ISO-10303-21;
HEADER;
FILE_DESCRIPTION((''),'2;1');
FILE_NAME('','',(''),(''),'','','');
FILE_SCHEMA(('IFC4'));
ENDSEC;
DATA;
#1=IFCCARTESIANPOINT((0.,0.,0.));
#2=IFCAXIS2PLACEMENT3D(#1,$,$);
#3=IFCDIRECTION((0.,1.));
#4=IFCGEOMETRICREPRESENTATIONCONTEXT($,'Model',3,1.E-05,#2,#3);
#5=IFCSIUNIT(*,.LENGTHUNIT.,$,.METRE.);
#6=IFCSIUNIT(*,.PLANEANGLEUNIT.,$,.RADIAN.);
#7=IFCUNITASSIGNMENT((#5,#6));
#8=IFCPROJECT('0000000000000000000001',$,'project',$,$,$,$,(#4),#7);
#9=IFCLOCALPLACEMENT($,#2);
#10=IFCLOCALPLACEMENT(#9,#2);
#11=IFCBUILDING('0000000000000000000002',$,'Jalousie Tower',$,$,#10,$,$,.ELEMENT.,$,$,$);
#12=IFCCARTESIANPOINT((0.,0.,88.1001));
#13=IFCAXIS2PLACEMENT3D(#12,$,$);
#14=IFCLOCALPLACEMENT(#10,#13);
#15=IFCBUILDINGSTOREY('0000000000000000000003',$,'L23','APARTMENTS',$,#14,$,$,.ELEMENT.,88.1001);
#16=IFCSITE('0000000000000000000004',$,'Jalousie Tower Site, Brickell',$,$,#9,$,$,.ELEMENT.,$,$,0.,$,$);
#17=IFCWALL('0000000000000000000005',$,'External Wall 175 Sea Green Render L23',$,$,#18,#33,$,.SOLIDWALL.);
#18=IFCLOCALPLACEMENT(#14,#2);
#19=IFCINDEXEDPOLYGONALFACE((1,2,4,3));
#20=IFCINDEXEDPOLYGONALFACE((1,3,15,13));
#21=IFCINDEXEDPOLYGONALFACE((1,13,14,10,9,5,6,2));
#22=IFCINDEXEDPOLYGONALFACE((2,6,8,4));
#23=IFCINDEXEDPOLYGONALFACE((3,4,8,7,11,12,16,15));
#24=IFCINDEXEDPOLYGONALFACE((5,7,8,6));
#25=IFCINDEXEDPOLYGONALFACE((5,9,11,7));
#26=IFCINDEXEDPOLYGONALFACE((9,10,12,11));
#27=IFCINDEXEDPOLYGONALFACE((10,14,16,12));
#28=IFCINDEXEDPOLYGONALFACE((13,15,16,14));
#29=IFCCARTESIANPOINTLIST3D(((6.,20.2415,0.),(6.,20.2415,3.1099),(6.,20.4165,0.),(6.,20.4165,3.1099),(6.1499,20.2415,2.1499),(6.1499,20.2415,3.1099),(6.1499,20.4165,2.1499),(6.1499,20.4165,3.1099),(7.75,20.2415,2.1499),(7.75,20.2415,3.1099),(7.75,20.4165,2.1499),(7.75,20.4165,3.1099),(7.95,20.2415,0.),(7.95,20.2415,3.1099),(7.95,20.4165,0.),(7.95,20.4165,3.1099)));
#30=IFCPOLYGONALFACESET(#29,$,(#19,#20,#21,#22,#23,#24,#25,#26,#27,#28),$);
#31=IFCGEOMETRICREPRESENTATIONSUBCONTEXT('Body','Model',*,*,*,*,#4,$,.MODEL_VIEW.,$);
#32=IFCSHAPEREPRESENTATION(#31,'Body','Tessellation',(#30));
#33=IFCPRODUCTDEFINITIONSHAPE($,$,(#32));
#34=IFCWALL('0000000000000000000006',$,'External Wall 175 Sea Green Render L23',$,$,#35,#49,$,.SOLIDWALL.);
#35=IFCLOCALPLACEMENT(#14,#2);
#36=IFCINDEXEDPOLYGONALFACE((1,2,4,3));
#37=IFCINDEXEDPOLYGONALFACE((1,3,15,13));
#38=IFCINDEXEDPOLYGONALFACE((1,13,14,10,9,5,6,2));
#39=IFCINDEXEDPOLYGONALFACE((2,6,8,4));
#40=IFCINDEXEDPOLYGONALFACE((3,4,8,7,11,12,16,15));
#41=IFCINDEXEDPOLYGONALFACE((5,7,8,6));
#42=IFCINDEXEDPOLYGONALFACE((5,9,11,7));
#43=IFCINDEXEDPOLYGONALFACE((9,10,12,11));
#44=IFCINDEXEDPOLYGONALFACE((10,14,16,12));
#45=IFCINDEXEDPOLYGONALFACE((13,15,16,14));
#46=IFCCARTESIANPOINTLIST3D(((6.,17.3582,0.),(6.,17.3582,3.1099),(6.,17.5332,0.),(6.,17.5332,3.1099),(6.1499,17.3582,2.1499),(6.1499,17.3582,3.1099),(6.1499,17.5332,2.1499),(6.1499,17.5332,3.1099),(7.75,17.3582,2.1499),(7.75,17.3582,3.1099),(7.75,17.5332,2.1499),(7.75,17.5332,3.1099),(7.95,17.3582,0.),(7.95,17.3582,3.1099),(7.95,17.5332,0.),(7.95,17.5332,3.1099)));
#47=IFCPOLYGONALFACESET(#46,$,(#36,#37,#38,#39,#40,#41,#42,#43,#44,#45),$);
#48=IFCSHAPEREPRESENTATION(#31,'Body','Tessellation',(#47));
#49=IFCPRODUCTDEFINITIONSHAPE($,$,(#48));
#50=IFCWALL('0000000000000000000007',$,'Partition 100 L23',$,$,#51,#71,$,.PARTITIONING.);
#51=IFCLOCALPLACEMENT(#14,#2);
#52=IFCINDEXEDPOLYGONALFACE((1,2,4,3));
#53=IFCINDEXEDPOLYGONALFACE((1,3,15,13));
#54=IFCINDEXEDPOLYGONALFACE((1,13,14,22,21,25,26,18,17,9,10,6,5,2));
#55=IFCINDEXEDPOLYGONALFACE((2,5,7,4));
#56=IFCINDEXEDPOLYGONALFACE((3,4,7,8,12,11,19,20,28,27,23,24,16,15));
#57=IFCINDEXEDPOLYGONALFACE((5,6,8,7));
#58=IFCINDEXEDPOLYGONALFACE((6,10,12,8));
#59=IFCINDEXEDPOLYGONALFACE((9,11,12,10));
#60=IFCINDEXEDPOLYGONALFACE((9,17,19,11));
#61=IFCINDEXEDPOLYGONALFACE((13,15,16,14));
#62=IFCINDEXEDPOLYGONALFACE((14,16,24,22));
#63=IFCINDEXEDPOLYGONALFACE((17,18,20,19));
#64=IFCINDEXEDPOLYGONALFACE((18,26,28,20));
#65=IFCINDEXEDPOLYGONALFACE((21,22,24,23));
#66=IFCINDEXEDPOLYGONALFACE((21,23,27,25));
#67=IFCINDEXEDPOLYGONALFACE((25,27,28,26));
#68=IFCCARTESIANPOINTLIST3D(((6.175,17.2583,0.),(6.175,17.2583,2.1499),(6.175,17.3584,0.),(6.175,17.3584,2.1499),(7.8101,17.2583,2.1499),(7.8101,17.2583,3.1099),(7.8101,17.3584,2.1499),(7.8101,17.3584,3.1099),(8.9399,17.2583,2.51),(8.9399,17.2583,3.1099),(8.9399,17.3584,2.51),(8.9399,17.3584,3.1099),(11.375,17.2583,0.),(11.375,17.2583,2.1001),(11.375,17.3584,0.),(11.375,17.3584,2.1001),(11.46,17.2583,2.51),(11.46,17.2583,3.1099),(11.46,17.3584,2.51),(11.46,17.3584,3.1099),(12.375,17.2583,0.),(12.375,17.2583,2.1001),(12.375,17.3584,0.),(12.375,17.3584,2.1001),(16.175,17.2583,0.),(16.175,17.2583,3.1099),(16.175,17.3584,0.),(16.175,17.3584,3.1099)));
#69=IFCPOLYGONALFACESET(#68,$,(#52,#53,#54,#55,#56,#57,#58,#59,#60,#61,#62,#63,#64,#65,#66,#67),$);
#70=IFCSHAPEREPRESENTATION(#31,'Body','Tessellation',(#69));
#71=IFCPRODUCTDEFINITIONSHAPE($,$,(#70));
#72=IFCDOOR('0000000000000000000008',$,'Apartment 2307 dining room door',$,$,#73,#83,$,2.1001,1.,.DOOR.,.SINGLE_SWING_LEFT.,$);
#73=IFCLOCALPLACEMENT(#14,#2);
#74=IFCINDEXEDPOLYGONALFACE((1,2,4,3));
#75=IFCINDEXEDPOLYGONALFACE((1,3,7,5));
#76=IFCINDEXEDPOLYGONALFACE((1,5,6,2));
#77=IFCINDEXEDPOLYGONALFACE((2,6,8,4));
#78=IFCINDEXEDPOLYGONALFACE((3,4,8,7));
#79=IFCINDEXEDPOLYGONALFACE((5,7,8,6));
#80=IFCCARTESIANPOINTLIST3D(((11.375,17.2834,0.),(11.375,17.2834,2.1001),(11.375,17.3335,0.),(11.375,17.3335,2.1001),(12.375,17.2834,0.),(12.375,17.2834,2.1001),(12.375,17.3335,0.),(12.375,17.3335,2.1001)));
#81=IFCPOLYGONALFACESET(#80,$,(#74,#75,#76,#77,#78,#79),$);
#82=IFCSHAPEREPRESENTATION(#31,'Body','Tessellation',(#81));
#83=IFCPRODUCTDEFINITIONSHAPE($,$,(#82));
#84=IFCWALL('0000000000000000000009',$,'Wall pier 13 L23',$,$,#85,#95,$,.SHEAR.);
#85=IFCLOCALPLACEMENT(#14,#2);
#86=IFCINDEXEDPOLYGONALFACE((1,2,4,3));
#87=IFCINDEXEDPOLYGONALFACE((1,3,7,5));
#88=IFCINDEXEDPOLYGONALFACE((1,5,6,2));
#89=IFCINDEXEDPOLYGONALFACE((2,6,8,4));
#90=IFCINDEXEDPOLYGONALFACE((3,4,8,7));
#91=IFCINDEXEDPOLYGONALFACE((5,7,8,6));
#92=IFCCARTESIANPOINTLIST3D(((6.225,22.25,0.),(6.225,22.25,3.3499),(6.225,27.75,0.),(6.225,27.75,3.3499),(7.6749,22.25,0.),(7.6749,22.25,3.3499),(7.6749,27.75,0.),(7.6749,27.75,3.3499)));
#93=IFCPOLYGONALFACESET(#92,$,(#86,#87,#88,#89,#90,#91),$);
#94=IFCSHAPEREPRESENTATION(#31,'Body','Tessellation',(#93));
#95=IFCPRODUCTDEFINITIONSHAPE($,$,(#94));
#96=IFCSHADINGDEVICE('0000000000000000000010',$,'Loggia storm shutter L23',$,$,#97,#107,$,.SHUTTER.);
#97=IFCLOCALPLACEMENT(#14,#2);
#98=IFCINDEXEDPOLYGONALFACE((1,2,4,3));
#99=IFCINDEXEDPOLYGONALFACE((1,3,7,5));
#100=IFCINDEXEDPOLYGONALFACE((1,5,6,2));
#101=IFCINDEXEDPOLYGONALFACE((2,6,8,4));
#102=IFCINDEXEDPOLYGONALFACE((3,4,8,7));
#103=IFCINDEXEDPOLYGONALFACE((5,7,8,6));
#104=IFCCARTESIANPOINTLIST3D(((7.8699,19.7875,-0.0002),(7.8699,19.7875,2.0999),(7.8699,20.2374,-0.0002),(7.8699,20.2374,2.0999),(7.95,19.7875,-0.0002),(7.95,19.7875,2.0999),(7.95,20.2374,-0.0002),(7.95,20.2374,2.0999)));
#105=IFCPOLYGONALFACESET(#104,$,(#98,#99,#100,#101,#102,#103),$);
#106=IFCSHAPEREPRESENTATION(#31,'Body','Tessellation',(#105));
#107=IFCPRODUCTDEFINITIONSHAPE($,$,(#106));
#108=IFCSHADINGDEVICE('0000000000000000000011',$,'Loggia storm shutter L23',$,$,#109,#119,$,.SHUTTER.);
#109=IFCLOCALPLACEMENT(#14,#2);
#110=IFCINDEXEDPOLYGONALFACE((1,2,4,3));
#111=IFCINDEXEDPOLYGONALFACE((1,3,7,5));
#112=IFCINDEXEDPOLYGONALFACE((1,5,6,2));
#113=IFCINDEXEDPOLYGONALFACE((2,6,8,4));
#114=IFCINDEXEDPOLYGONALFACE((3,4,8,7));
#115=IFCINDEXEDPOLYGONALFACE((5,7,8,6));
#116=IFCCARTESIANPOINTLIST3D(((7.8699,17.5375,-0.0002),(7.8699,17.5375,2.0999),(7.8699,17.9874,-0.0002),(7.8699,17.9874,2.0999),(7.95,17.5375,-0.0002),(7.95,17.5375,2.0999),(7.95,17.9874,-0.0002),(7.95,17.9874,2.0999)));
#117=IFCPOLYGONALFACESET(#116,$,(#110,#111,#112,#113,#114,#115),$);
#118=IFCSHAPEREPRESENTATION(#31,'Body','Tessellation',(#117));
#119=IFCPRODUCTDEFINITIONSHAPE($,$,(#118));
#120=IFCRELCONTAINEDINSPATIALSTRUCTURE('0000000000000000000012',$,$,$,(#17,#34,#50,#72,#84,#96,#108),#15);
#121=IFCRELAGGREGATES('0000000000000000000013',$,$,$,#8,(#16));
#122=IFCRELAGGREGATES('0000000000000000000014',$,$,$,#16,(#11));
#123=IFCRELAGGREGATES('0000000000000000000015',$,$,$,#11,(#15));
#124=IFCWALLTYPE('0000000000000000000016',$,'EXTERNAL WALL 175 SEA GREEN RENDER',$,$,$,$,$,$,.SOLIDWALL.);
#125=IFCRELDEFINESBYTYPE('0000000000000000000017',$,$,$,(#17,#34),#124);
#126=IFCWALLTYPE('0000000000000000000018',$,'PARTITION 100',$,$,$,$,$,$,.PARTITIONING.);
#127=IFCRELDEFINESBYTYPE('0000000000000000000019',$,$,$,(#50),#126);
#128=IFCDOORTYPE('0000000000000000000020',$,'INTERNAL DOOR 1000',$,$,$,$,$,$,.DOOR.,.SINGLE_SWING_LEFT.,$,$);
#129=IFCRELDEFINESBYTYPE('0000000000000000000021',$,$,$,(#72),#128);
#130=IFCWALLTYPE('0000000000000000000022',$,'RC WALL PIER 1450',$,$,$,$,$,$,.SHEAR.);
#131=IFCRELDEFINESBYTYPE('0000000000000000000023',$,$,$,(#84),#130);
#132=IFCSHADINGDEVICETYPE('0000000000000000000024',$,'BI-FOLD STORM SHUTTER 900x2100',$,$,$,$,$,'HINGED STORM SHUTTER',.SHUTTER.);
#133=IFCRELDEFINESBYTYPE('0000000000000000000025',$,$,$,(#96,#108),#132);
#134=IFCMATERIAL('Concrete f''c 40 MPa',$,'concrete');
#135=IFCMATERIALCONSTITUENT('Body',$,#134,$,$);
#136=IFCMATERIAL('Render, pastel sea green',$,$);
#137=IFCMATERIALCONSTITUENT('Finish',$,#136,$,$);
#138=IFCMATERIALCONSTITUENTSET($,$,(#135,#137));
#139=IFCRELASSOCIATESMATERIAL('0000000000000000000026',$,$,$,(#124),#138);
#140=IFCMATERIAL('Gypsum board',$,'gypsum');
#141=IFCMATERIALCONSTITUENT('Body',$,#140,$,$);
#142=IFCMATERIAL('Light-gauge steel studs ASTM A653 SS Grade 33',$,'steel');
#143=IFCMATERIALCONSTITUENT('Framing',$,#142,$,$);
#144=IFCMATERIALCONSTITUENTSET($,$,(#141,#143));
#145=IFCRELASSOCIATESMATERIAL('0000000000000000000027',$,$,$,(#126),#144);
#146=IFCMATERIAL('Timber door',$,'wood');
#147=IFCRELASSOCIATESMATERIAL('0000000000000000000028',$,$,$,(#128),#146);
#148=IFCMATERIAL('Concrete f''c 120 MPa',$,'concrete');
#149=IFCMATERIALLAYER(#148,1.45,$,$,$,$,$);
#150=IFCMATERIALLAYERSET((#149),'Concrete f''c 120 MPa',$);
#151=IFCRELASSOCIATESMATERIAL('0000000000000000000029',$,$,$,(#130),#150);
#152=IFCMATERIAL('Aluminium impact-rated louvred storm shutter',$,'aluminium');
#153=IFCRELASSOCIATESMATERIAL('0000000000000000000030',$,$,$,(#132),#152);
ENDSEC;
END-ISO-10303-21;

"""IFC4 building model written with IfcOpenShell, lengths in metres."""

from ifc_helpers import new_model, si_unit, direction, frame, frame_2d, origin, origin_2d, place, context, subcontext, project, spatial, polyline, rectangle, outline, extrude, material, layer, layer_set, constituent, constituent_set, type_object, element, fill, save


model = new_model("IFC4")

# Units and contexts
model_context = context("Model", 3, precision=1e-05, world=origin(), true_north=direction((0.0, 1.0)))
body_context = subcontext(model_context, "Body", "Model", "MODEL_VIEW")
ifc_project = project(units=[si_unit("LENGTHUNIT", "METRE"), si_unit("PLANEANGLEUNIT", "RADIAN")], contexts=[model_context])

# Site, building, storey
site_placement = place(None, origin())
site = spatial("IfcSite", under=ifc_project, at=site_placement, Name="Jalousie Tower Site, Brickell", CompositionType="ELEMENT", RefElevation=0.0)
building_placement = place(site_placement, origin())
building = spatial("IfcBuilding", under=site, at=building_placement, Name="Jalousie Tower", CompositionType="ELEMENT")
storey_placement = place(building_placement, frame((0.0, 0.0, 88.1001)))
storey = spatial("IfcBuildingStorey", under=building, at=storey_placement, Name="L23", Description="APARTMENTS", CompositionType="ELEMENT", Elevation=88.1001)

# Shared definitions
ifc_material_1 = material(Name="Concrete f'c 40 MPa", Category="concrete")
ifc_constituent_1 = constituent(ifc_material_1, Name="Body")
ifc_material_2 = material(Name="Render, pastel sea green")
ifc_constituent_2 = constituent(ifc_material_2, Name="Finish")
ifc_constituent_set_1 = constituent_set(constituents=[ifc_constituent_1, ifc_constituent_2])
wall_type_1 = type_object("IfcWallType", Name="EXTERNAL WALL 175 SEA GREEN RENDER", PredefinedType="SOLIDWALL", material=ifc_constituent_set_1)

# Walls
for number, where, z_axis, x_axis, name in (
    (1, (6.0, 20.3291, 0.0), (0.0, 0.0, 1.0), (1.0, 0.0, 0.0), "External Wall 175 Sea Green Render L23"),
    (2, (6.0, 17.4458, 0.0), (0.0, 0.0, 1.0), (1.0, 0.0, 0.0), "External Wall 175 Sea Green Render L23"),
):
    element("IfcWall", number, at=place(storey_placement, frame(where, z_axis=z_axis, x_axis=x_axis)), inside=storey, type_object=wall_type_1, Name=name, PredefinedType="SOLIDWALL", context=body_context, shape_type="SweptSolid", body=[
        extrude(outline(polyline([(0.0, 0.0), (1.95, 0.0), (1.95, 3.1099), (1.75, 3.1099), (1.75, 2.1499), (0.1499, 2.1499), (0.1499, 3.1099), (0.0, 3.1099), (0.0, 0.0)])), frame((0.0, 0.0874, 0.0), z_axis=(0.0, -1.0, 0.0), x_axis=(1.0, 0.0, 0.0)), (0.0, 0.0, 1.0), 0.175),
    ])

# Wall, opening, door
ifc_material_3 = material(Name="Gypsum board", Category="gypsum")
ifc_constituent_3 = constituent(ifc_material_3, Name="Body")
ifc_material_4 = material(Name="Light-gauge steel studs ASTM A653 SS Grade 33", Category="steel")
ifc_constituent_4 = constituent(ifc_material_4, Name="Framing")
ifc_constituent_set_2 = constituent_set(constituents=[ifc_constituent_3, ifc_constituent_4])
wall_type_2 = type_object("IfcWallType", Name="PARTITION 100", PredefinedType="PARTITIONING", material=ifc_constituent_set_2)
wall_1_placement = place(storey_placement, frame((6.175, 17.3083, 0.0), z_axis=(0.0, 0.0, 1.0), x_axis=(1.0, 0.0, 0.0)))
wall_1 = element("IfcWall", 3, at=wall_1_placement, inside=storey, type_object=wall_type_2, Name="Partition 100 L23", PredefinedType="PARTITIONING", context=body_context, shape_type="SweptSolid", body=[
    extrude(outline(polyline([(0.0, 0.0), (10.0, 0.0), (10.0, 3.1099), (5.2849, 3.1099), (5.2849, 2.51), (2.7649, 2.51), (2.7649, 3.1099), (1.635, 3.1099), (1.635, 2.1499), (0.0, 2.1499), (0.0, 3.1099), (0.0, 0.0)])), frame((0.0, 0.05, 0.0), z_axis=(0.0, -1.0, 0.0), x_axis=(1.0, 0.0, 0.0)), (0.0, 0.0, 1.0), 0.1001),
])
opening_1_placement = place(wall_1_placement, frame((5.2, 0.0, 0.0)))
opening_1 = element("IfcOpeningElement", 4, at=opening_1_placement, cuts=wall_1, PredefinedType="OPENING", context=body_context, shape_type="SweptSolid", body=[
    extrude(rectangle(XDim=1.0, YDim=2.1001, at=frame_2d((0.5, 1.05))), frame((0.0, 0.0601, 0.0), z_axis=(0.0, -1.0, 0.0), x_axis=(1.0, 0.0, 0.0)), (0.0, 0.0, 1.0), 0.1201),
])
ifc_material_5 = material(Name="Timber door", Category="wood")
door_type_1 = type_object("IfcDoorType", Name="INTERNAL DOOR 1000", OperationType="SINGLE_SWING_LEFT", PredefinedType="DOOR", material=ifc_material_5)
door_1_placement = place(opening_1_placement, frame((1.0, 0.0, 0.0), z_axis=(0.0, 0.0, 1.0), x_axis=(-1.0, 0.0, 0.0)))
door_1 = element("IfcDoor", 5, at=door_1_placement, inside=storey, type_object=door_type_1, Name="Apartment 2307 dining room door", OperationType="SINGLE_SWING_LEFT", OverallHeight=2.1001, OverallWidth=1.0, PredefinedType="DOOR", context=body_context, shape_type="SweptSolid", body=[
    extrude(rectangle(XDim=1.0, YDim=2.1001, at=frame_2d((0.5, 1.05))), frame((0.0, 0.0249, 0.0), z_axis=(0.0, -1.0, 0.0), x_axis=(1.0, 0.0, 0.0)), (0.0, 0.0, 1.0), 0.05),
])
fill(opening_1, door_1)

# Wall
ifc_material_6 = material(Name="Concrete f'c 120 MPa", Category="concrete")
ifc_layer_1 = layer(ifc_material_6, 1.45)
ifc_layer_set_1 = layer_set([ifc_layer_1], Name="Concrete f'c 120 MPa")
wall_type_3 = type_object("IfcWallType", Name="RC WALL PIER 1450", PredefinedType="SHEAR", material=ifc_layer_set_1)
wall_2_placement = place(storey_placement, frame((6.95, 22.25, 0.0), z_axis=(0.0, 0.0, 1.0), x_axis=(0.0, 1.0, 0.0)))
element("IfcWall", 6, at=wall_2_placement, inside=storey, type_object=wall_type_3, Name="Wall pier 13 L23", PredefinedType="SHEAR", context=body_context, shape_type="SweptSolid", body=[
    extrude(rectangle(XDim=5.5, YDim=1.45, at=frame_2d((2.75, 0.0))), origin(), (0.0, 0.0, 1.0), 3.3499),
])

# Shading devices
ifc_material_7 = material(Name="Aluminium impact-rated louvred storm shutter", Category="aluminium")
shading_device_type_1 = type_object("IfcShadingDeviceType", Name="BI-FOLD STORM SHUTTER 900x2100", ElementType="HINGED STORM SHUTTER", PredefinedType="SHUTTER", material=ifc_material_7)
for number, where, z_axis, x_axis, name in (
    (7, (7.9099, 20.0125, -0.0002), (0.0, 0.0, 1.0), (0.0, -1.0, 0.0), "Loggia storm shutter L23"),
    (8, (7.9099, 17.7625, -0.0002), (0.0, 0.0, 1.0), (0.0, -1.0, 0.0), "Loggia storm shutter L23"),
):
    element("IfcShadingDevice", number, at=place(storey_placement, frame(where, z_axis=z_axis, x_axis=x_axis)), inside=storey, type_object=shading_device_type_1, Name=name, PredefinedType="SHUTTER", context=body_context, shape_type="SweptSolid", body=[
        extrude(rectangle(XDim=0.45, YDim=0.0801, at=origin_2d()), origin(), (0.0, 0.0, 1.0), 2.1001),
    ])

save(model, "model.ifc")
